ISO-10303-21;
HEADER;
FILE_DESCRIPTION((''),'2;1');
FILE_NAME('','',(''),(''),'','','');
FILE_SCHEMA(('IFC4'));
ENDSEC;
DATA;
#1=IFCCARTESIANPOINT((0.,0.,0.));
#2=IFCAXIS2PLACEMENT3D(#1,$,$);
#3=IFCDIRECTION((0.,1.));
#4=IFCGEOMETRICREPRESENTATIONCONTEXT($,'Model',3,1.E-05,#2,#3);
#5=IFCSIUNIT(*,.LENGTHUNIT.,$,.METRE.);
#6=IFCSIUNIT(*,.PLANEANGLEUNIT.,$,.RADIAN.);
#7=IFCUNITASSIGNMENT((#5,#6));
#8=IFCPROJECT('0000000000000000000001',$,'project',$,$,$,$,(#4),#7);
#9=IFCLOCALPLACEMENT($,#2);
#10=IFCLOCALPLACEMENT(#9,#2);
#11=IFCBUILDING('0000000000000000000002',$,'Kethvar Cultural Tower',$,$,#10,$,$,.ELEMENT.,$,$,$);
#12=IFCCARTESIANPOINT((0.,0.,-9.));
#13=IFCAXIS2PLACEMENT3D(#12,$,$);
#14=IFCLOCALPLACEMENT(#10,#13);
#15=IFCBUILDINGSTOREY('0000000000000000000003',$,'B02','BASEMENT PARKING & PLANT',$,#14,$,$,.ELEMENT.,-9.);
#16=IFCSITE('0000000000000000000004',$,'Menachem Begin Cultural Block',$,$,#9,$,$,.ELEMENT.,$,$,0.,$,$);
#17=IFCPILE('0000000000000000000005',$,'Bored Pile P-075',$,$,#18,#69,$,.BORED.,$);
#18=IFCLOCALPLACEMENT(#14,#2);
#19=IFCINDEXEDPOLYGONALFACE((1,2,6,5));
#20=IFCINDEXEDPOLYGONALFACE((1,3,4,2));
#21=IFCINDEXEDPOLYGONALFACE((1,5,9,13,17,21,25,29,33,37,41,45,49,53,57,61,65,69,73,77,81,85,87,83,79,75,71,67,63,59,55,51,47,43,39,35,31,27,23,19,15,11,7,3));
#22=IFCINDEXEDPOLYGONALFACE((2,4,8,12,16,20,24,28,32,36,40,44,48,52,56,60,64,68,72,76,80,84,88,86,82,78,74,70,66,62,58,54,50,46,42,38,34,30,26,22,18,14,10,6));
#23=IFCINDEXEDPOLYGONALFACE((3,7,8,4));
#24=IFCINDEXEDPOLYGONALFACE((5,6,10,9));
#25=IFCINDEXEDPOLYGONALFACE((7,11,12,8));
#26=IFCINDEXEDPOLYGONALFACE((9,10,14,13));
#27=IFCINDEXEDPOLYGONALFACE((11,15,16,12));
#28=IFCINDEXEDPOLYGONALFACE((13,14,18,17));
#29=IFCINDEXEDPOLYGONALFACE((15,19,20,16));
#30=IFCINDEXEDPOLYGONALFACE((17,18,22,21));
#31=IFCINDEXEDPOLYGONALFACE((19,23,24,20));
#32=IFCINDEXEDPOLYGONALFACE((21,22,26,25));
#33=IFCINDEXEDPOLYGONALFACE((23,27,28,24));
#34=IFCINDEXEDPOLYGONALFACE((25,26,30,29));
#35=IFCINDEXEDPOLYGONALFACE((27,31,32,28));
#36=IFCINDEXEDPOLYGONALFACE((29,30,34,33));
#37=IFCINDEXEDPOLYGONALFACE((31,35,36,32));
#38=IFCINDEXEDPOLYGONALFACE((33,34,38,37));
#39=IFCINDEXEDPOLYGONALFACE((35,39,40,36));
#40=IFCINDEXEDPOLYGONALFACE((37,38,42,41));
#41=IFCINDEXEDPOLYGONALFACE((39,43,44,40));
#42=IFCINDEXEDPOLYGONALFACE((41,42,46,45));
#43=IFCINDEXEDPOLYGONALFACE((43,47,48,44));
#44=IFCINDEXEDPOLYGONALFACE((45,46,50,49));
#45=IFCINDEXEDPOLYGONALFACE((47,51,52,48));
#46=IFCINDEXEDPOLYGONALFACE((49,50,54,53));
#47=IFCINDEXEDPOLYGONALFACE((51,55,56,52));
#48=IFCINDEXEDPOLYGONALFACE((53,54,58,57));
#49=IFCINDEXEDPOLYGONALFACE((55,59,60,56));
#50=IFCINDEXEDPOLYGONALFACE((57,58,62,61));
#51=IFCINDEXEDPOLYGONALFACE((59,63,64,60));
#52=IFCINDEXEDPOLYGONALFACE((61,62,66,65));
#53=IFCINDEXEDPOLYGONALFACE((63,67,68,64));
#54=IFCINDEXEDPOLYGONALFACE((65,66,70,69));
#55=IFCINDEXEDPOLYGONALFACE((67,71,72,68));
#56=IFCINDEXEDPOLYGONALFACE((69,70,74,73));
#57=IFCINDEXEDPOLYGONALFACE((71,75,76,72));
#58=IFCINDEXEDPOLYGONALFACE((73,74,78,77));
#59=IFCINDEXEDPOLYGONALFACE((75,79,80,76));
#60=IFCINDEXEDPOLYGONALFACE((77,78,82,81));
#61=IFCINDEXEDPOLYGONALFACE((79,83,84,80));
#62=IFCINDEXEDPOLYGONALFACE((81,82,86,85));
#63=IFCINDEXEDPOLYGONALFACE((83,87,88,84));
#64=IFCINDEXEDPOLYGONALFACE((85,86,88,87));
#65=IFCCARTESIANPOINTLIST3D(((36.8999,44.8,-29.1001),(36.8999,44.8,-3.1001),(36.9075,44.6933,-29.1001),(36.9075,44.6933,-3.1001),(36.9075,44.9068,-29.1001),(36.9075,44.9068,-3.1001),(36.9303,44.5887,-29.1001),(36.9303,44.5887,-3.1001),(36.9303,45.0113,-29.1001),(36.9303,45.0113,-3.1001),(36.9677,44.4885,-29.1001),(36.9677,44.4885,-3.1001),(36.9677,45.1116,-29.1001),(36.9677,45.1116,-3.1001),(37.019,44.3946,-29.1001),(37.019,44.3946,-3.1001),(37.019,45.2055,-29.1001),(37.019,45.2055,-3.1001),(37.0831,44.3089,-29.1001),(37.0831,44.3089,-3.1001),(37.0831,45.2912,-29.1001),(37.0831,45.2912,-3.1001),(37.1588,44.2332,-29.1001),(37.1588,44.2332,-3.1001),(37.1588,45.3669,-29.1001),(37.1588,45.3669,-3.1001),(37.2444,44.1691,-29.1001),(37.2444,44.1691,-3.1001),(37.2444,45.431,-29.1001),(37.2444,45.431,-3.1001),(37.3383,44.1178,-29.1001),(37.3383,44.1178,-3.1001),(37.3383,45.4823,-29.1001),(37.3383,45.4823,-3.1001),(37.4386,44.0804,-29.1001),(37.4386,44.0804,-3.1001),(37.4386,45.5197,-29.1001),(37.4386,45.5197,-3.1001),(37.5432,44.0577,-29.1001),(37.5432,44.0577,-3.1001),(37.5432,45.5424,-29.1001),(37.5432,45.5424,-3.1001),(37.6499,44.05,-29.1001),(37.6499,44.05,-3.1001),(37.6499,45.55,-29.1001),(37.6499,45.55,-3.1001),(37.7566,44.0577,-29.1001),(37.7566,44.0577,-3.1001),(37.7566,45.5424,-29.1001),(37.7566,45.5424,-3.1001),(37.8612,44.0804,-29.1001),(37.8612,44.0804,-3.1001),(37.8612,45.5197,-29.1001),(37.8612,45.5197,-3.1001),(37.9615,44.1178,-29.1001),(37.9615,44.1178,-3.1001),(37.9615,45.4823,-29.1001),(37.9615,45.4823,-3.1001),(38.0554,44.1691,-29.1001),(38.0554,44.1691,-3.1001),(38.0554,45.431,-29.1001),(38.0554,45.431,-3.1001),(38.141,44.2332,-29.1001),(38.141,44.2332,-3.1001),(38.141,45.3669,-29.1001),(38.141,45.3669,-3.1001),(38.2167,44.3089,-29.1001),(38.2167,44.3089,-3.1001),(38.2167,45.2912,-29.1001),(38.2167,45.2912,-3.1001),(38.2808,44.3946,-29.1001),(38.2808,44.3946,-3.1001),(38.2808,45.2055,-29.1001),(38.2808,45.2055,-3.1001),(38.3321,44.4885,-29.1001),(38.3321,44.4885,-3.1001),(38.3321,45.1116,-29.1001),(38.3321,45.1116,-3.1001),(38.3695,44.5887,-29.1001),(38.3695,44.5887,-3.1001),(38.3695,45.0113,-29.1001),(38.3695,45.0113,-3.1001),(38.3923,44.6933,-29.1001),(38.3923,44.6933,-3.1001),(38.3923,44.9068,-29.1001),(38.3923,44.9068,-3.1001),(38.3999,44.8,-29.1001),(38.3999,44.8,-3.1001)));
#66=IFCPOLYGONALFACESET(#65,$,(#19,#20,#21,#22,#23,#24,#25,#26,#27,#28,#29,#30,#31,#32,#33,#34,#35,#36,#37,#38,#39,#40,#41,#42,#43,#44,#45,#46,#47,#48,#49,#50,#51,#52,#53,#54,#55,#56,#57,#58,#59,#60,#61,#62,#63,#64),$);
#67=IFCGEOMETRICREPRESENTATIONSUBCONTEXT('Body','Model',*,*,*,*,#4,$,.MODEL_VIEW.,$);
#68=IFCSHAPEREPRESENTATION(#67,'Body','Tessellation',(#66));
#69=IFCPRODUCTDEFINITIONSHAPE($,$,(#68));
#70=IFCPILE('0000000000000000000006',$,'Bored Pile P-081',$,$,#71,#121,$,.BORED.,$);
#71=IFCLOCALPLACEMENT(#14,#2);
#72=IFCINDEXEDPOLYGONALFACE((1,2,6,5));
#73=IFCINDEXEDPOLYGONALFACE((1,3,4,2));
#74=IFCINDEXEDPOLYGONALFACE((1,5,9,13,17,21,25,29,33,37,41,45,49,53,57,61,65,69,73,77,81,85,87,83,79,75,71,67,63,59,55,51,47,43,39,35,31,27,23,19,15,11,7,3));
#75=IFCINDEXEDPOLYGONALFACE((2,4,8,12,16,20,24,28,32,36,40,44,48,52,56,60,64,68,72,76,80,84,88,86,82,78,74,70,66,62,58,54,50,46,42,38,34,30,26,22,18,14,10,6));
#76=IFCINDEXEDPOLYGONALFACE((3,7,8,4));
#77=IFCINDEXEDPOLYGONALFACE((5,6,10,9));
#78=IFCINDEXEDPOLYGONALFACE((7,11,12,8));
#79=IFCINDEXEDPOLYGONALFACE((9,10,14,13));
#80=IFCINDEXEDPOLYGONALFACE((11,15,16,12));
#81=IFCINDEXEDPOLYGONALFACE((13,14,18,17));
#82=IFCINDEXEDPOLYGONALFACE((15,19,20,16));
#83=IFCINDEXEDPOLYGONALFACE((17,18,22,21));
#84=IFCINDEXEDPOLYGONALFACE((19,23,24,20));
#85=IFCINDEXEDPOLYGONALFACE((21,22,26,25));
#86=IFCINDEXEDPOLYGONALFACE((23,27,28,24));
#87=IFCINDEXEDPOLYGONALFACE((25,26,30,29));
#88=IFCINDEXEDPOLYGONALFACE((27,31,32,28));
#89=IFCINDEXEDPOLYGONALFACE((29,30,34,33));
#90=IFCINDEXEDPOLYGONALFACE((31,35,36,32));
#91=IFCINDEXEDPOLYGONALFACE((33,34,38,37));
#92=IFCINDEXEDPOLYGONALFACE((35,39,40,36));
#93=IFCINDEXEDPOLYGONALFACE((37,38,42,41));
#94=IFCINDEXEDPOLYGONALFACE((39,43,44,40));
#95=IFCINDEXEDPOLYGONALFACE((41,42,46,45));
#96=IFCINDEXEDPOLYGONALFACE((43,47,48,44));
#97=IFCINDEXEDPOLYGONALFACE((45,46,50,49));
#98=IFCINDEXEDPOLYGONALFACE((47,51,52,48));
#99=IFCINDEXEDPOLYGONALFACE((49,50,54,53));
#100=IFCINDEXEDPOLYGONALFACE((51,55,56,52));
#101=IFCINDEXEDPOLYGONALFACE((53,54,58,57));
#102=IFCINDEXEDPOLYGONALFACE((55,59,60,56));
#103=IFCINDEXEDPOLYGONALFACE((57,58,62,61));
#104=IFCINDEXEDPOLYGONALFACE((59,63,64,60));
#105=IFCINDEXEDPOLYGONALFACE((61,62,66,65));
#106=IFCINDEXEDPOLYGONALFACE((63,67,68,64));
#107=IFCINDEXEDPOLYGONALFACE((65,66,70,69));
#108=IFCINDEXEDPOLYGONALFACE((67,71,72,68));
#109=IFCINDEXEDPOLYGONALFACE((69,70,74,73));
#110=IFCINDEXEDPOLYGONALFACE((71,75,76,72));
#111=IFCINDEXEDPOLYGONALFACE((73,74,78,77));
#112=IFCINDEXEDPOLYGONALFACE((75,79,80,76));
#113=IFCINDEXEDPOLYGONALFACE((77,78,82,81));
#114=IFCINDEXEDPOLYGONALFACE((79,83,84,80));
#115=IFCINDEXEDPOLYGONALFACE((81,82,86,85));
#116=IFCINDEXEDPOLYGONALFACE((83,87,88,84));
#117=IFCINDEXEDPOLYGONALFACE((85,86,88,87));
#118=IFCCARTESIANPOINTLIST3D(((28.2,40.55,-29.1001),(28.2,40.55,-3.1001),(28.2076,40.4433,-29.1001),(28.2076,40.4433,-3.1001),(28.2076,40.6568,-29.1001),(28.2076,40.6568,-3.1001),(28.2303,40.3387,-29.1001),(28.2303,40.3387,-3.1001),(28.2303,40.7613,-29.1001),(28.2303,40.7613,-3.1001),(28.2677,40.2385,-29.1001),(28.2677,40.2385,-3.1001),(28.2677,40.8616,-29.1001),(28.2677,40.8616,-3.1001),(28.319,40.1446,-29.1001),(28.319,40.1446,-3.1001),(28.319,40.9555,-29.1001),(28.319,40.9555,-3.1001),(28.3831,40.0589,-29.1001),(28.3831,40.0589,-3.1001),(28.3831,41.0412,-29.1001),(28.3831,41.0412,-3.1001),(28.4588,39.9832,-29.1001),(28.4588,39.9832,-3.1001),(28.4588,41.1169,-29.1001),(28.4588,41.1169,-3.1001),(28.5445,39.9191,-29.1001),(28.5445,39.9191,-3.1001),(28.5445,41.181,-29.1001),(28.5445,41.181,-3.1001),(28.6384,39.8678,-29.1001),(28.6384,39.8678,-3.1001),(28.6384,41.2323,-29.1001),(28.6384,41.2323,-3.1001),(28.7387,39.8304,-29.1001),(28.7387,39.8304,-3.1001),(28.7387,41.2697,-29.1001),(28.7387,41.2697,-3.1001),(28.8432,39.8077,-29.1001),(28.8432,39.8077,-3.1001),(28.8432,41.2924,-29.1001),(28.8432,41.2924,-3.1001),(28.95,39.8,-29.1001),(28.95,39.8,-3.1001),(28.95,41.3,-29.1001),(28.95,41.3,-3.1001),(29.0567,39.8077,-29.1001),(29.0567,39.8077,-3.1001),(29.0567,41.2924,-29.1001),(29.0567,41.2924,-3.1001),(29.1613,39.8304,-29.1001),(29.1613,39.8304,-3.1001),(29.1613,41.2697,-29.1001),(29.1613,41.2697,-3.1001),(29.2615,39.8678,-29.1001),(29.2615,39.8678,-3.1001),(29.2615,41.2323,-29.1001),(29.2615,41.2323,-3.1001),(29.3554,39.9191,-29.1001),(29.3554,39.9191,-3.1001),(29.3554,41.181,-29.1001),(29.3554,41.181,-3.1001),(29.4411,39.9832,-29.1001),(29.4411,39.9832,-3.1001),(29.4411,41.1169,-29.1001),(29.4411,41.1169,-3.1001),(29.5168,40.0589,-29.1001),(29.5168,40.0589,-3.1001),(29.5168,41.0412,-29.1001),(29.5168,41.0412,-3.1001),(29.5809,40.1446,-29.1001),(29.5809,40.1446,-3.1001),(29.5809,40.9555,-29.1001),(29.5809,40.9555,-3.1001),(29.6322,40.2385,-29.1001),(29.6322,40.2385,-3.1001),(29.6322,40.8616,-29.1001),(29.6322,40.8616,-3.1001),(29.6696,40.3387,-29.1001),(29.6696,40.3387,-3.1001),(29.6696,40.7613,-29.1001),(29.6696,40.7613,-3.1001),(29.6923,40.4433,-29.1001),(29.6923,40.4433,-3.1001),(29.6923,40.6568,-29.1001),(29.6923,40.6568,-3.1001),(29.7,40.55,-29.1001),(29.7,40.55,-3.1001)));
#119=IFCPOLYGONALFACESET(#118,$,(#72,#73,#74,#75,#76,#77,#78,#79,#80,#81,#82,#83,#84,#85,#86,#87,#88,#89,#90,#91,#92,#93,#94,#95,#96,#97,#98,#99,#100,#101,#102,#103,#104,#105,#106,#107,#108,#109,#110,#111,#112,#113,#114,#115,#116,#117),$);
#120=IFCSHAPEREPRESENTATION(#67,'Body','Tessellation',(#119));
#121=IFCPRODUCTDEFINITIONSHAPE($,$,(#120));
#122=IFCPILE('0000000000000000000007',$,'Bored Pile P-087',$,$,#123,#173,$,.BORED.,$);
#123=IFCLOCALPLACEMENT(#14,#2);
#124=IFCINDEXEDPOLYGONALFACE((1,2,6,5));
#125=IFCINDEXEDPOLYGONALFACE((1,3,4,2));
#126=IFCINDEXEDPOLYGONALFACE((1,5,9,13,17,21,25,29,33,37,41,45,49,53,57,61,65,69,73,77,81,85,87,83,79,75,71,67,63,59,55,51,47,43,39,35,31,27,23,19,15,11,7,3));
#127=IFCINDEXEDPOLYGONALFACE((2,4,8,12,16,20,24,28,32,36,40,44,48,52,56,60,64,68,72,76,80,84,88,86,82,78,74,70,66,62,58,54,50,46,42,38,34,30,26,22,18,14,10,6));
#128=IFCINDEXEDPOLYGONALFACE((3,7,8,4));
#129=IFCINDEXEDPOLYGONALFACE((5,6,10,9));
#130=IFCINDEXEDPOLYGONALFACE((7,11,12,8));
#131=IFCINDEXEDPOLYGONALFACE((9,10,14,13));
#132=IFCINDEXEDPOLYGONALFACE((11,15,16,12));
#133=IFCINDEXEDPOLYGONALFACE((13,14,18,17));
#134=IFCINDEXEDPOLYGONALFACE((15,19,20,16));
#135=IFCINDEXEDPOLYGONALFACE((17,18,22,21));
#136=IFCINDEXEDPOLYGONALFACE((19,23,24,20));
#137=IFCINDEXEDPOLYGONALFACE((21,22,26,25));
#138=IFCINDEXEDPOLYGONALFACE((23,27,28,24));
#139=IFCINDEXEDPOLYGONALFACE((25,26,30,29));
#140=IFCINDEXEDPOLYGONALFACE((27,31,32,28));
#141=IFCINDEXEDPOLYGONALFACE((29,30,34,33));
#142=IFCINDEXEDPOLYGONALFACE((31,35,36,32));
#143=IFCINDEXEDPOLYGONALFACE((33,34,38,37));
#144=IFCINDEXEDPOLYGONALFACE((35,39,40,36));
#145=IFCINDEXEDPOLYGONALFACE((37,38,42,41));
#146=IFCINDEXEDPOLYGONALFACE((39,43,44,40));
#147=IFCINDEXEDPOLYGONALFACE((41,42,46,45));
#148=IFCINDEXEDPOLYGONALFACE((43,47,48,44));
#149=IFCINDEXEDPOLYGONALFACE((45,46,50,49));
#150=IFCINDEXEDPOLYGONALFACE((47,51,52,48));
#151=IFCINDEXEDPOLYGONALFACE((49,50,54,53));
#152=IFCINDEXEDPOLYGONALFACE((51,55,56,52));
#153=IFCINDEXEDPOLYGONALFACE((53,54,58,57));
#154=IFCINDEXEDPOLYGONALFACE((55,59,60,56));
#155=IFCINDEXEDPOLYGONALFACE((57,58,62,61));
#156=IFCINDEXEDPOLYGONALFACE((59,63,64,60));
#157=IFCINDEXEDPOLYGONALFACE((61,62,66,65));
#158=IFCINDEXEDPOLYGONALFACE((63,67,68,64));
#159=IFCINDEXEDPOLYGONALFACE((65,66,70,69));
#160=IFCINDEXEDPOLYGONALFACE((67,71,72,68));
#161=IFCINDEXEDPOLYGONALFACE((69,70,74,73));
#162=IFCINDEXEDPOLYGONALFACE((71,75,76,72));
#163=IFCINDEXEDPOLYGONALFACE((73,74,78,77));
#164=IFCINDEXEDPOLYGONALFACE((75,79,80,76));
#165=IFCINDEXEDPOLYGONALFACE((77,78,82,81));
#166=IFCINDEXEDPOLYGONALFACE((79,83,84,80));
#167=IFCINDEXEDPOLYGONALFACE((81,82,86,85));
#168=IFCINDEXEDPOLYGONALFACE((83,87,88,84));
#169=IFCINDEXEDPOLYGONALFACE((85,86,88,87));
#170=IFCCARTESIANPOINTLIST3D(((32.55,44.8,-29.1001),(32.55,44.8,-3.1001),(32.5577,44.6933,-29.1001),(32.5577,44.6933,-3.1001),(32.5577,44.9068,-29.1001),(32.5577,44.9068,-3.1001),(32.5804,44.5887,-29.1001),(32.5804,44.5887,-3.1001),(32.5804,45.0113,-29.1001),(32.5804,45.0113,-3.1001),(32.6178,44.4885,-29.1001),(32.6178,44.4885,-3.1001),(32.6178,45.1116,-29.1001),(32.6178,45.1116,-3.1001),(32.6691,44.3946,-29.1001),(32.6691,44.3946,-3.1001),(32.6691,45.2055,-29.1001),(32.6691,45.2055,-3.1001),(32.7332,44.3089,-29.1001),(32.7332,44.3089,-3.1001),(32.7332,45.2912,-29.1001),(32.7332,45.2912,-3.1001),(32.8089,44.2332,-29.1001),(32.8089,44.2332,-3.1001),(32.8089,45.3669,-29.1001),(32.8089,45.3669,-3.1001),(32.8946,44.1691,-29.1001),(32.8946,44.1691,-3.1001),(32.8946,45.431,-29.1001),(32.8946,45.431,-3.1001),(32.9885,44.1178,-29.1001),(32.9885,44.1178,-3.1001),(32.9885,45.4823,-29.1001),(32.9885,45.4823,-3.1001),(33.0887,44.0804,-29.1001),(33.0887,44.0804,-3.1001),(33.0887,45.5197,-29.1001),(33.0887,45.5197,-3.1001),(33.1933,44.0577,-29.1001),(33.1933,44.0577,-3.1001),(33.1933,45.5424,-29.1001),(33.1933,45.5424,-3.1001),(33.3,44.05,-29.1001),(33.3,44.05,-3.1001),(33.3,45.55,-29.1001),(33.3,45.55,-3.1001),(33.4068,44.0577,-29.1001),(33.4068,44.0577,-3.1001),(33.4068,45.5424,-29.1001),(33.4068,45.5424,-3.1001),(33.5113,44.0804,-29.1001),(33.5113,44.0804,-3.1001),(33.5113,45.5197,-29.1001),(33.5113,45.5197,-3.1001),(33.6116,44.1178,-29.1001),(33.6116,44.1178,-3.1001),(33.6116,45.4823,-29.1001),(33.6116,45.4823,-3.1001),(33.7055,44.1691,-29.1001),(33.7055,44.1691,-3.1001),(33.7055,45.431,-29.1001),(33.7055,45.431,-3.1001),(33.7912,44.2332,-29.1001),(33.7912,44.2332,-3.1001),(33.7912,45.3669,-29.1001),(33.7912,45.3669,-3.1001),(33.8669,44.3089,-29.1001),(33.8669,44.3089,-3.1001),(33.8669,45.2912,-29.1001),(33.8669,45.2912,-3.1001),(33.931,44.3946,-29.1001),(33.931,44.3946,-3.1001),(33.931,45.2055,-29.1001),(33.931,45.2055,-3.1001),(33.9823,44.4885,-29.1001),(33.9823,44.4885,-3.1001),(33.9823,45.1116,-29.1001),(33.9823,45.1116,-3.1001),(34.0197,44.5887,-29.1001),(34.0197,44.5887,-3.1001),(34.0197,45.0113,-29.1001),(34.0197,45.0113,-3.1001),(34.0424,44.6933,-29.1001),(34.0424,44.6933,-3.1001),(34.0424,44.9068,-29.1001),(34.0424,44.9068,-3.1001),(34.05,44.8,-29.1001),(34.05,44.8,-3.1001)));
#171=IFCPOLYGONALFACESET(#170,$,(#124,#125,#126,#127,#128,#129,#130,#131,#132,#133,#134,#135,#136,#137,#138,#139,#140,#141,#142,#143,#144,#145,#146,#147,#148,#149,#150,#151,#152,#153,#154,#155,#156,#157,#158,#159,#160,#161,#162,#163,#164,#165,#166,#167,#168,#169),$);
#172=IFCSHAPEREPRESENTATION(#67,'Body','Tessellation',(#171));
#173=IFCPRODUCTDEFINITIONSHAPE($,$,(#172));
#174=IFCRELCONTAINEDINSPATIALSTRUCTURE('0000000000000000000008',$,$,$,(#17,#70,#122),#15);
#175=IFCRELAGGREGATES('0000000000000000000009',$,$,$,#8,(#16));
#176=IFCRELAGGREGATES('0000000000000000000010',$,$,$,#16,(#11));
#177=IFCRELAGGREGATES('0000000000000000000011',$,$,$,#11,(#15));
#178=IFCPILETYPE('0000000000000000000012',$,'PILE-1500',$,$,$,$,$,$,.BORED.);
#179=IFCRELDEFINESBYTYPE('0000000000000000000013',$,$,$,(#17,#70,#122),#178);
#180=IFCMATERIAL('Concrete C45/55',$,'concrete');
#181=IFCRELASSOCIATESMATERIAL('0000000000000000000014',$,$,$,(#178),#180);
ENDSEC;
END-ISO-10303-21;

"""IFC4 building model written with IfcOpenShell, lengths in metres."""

from ifc_helpers import new_model, si_unit, direction, frame, origin, origin_2d, place, context, subcontext, project, spatial, circle, extrude, source, transform, mapped, material, material_profile, profile_set, type_object, element, save


model = new_model("IFC4")

# Units and contexts
model_context = context("Model", 3, precision=1e-05, world=origin(), true_north=direction((0.0, 1.0)))
body_context = subcontext(model_context, "Body", "Model", "MODEL_VIEW")
ifc_project = project(units=[si_unit("LENGTHUNIT", "METRE"), si_unit("PLANEANGLEUNIT", "RADIAN")], contexts=[model_context])

# Site, building, storey
site_placement = place(None, origin())
site = spatial("IfcSite", under=ifc_project, at=site_placement, Name="Menachem Begin Cultural Block", CompositionType="ELEMENT", RefElevation=0.0)
building_placement = place(site_placement, origin())
building = spatial("IfcBuilding", under=site, at=building_placement, Name="Kethvar Cultural Tower", CompositionType="ELEMENT")
storey_placement = place(building_placement, frame((0.0, 0.0, -9.0)))
storey = spatial("IfcBuildingStorey", under=building, at=storey_placement, Name="B02", Description="BASEMENT PARKING & PLANT", CompositionType="ELEMENT", Elevation=-9.0)

# Piles
ifc_material_1 = material(Name="Concrete C45/55", Category="concrete")
ifc_material_profile_1 = material_profile(ifc_material_1, circle(Radius=0.75, at=origin_2d()), Name="Concrete C45/55 — PILE1500")
ifc_profile_set_1 = profile_set([ifc_material_profile_1], Name="Concrete C45/55 — PILE1500")
pile_type = type_object("IfcPileType", Name="PILE-1500", PredefinedType="BORED", material=ifc_profile_set_1)
shared_shape_1 = source(origin(), body_context, "Body", "SweptSolid", [
    extrude(circle(Radius=0.75, at=origin_2d()), origin(), (0.0, 0.0, 1.0), 26.0),
])
for number, where, z_axis, x_axis, name in (
    (1, (37.6499, 44.8, -3.1001), (0.0, 0.0, -1.0), (1.0, 0.0, 0.0), "Bored Pile P-075"),
    (2, (28.95, 40.55, -3.1001), (0.0, 0.0, -1.0), (1.0, 0.0, 0.0), "Bored Pile P-081"),
    (3, (33.3, 44.8, -3.1001), (0.0, 0.0, -1.0), (1.0, 0.0, 0.0), "Bored Pile P-087"),
):
    element("IfcPile", number, at=place(storey_placement, frame(where, z_axis=z_axis, x_axis=x_axis)), inside=storey, type_object=pile_type, Name=name, PredefinedType="BORED", context=body_context, shape_type="MappedRepresentation", body=[
        mapped(shared_shape_1, transform((0.0, 0.0, 0.0), scale=1.0)),
    ])

save(model, "model.ifc")
